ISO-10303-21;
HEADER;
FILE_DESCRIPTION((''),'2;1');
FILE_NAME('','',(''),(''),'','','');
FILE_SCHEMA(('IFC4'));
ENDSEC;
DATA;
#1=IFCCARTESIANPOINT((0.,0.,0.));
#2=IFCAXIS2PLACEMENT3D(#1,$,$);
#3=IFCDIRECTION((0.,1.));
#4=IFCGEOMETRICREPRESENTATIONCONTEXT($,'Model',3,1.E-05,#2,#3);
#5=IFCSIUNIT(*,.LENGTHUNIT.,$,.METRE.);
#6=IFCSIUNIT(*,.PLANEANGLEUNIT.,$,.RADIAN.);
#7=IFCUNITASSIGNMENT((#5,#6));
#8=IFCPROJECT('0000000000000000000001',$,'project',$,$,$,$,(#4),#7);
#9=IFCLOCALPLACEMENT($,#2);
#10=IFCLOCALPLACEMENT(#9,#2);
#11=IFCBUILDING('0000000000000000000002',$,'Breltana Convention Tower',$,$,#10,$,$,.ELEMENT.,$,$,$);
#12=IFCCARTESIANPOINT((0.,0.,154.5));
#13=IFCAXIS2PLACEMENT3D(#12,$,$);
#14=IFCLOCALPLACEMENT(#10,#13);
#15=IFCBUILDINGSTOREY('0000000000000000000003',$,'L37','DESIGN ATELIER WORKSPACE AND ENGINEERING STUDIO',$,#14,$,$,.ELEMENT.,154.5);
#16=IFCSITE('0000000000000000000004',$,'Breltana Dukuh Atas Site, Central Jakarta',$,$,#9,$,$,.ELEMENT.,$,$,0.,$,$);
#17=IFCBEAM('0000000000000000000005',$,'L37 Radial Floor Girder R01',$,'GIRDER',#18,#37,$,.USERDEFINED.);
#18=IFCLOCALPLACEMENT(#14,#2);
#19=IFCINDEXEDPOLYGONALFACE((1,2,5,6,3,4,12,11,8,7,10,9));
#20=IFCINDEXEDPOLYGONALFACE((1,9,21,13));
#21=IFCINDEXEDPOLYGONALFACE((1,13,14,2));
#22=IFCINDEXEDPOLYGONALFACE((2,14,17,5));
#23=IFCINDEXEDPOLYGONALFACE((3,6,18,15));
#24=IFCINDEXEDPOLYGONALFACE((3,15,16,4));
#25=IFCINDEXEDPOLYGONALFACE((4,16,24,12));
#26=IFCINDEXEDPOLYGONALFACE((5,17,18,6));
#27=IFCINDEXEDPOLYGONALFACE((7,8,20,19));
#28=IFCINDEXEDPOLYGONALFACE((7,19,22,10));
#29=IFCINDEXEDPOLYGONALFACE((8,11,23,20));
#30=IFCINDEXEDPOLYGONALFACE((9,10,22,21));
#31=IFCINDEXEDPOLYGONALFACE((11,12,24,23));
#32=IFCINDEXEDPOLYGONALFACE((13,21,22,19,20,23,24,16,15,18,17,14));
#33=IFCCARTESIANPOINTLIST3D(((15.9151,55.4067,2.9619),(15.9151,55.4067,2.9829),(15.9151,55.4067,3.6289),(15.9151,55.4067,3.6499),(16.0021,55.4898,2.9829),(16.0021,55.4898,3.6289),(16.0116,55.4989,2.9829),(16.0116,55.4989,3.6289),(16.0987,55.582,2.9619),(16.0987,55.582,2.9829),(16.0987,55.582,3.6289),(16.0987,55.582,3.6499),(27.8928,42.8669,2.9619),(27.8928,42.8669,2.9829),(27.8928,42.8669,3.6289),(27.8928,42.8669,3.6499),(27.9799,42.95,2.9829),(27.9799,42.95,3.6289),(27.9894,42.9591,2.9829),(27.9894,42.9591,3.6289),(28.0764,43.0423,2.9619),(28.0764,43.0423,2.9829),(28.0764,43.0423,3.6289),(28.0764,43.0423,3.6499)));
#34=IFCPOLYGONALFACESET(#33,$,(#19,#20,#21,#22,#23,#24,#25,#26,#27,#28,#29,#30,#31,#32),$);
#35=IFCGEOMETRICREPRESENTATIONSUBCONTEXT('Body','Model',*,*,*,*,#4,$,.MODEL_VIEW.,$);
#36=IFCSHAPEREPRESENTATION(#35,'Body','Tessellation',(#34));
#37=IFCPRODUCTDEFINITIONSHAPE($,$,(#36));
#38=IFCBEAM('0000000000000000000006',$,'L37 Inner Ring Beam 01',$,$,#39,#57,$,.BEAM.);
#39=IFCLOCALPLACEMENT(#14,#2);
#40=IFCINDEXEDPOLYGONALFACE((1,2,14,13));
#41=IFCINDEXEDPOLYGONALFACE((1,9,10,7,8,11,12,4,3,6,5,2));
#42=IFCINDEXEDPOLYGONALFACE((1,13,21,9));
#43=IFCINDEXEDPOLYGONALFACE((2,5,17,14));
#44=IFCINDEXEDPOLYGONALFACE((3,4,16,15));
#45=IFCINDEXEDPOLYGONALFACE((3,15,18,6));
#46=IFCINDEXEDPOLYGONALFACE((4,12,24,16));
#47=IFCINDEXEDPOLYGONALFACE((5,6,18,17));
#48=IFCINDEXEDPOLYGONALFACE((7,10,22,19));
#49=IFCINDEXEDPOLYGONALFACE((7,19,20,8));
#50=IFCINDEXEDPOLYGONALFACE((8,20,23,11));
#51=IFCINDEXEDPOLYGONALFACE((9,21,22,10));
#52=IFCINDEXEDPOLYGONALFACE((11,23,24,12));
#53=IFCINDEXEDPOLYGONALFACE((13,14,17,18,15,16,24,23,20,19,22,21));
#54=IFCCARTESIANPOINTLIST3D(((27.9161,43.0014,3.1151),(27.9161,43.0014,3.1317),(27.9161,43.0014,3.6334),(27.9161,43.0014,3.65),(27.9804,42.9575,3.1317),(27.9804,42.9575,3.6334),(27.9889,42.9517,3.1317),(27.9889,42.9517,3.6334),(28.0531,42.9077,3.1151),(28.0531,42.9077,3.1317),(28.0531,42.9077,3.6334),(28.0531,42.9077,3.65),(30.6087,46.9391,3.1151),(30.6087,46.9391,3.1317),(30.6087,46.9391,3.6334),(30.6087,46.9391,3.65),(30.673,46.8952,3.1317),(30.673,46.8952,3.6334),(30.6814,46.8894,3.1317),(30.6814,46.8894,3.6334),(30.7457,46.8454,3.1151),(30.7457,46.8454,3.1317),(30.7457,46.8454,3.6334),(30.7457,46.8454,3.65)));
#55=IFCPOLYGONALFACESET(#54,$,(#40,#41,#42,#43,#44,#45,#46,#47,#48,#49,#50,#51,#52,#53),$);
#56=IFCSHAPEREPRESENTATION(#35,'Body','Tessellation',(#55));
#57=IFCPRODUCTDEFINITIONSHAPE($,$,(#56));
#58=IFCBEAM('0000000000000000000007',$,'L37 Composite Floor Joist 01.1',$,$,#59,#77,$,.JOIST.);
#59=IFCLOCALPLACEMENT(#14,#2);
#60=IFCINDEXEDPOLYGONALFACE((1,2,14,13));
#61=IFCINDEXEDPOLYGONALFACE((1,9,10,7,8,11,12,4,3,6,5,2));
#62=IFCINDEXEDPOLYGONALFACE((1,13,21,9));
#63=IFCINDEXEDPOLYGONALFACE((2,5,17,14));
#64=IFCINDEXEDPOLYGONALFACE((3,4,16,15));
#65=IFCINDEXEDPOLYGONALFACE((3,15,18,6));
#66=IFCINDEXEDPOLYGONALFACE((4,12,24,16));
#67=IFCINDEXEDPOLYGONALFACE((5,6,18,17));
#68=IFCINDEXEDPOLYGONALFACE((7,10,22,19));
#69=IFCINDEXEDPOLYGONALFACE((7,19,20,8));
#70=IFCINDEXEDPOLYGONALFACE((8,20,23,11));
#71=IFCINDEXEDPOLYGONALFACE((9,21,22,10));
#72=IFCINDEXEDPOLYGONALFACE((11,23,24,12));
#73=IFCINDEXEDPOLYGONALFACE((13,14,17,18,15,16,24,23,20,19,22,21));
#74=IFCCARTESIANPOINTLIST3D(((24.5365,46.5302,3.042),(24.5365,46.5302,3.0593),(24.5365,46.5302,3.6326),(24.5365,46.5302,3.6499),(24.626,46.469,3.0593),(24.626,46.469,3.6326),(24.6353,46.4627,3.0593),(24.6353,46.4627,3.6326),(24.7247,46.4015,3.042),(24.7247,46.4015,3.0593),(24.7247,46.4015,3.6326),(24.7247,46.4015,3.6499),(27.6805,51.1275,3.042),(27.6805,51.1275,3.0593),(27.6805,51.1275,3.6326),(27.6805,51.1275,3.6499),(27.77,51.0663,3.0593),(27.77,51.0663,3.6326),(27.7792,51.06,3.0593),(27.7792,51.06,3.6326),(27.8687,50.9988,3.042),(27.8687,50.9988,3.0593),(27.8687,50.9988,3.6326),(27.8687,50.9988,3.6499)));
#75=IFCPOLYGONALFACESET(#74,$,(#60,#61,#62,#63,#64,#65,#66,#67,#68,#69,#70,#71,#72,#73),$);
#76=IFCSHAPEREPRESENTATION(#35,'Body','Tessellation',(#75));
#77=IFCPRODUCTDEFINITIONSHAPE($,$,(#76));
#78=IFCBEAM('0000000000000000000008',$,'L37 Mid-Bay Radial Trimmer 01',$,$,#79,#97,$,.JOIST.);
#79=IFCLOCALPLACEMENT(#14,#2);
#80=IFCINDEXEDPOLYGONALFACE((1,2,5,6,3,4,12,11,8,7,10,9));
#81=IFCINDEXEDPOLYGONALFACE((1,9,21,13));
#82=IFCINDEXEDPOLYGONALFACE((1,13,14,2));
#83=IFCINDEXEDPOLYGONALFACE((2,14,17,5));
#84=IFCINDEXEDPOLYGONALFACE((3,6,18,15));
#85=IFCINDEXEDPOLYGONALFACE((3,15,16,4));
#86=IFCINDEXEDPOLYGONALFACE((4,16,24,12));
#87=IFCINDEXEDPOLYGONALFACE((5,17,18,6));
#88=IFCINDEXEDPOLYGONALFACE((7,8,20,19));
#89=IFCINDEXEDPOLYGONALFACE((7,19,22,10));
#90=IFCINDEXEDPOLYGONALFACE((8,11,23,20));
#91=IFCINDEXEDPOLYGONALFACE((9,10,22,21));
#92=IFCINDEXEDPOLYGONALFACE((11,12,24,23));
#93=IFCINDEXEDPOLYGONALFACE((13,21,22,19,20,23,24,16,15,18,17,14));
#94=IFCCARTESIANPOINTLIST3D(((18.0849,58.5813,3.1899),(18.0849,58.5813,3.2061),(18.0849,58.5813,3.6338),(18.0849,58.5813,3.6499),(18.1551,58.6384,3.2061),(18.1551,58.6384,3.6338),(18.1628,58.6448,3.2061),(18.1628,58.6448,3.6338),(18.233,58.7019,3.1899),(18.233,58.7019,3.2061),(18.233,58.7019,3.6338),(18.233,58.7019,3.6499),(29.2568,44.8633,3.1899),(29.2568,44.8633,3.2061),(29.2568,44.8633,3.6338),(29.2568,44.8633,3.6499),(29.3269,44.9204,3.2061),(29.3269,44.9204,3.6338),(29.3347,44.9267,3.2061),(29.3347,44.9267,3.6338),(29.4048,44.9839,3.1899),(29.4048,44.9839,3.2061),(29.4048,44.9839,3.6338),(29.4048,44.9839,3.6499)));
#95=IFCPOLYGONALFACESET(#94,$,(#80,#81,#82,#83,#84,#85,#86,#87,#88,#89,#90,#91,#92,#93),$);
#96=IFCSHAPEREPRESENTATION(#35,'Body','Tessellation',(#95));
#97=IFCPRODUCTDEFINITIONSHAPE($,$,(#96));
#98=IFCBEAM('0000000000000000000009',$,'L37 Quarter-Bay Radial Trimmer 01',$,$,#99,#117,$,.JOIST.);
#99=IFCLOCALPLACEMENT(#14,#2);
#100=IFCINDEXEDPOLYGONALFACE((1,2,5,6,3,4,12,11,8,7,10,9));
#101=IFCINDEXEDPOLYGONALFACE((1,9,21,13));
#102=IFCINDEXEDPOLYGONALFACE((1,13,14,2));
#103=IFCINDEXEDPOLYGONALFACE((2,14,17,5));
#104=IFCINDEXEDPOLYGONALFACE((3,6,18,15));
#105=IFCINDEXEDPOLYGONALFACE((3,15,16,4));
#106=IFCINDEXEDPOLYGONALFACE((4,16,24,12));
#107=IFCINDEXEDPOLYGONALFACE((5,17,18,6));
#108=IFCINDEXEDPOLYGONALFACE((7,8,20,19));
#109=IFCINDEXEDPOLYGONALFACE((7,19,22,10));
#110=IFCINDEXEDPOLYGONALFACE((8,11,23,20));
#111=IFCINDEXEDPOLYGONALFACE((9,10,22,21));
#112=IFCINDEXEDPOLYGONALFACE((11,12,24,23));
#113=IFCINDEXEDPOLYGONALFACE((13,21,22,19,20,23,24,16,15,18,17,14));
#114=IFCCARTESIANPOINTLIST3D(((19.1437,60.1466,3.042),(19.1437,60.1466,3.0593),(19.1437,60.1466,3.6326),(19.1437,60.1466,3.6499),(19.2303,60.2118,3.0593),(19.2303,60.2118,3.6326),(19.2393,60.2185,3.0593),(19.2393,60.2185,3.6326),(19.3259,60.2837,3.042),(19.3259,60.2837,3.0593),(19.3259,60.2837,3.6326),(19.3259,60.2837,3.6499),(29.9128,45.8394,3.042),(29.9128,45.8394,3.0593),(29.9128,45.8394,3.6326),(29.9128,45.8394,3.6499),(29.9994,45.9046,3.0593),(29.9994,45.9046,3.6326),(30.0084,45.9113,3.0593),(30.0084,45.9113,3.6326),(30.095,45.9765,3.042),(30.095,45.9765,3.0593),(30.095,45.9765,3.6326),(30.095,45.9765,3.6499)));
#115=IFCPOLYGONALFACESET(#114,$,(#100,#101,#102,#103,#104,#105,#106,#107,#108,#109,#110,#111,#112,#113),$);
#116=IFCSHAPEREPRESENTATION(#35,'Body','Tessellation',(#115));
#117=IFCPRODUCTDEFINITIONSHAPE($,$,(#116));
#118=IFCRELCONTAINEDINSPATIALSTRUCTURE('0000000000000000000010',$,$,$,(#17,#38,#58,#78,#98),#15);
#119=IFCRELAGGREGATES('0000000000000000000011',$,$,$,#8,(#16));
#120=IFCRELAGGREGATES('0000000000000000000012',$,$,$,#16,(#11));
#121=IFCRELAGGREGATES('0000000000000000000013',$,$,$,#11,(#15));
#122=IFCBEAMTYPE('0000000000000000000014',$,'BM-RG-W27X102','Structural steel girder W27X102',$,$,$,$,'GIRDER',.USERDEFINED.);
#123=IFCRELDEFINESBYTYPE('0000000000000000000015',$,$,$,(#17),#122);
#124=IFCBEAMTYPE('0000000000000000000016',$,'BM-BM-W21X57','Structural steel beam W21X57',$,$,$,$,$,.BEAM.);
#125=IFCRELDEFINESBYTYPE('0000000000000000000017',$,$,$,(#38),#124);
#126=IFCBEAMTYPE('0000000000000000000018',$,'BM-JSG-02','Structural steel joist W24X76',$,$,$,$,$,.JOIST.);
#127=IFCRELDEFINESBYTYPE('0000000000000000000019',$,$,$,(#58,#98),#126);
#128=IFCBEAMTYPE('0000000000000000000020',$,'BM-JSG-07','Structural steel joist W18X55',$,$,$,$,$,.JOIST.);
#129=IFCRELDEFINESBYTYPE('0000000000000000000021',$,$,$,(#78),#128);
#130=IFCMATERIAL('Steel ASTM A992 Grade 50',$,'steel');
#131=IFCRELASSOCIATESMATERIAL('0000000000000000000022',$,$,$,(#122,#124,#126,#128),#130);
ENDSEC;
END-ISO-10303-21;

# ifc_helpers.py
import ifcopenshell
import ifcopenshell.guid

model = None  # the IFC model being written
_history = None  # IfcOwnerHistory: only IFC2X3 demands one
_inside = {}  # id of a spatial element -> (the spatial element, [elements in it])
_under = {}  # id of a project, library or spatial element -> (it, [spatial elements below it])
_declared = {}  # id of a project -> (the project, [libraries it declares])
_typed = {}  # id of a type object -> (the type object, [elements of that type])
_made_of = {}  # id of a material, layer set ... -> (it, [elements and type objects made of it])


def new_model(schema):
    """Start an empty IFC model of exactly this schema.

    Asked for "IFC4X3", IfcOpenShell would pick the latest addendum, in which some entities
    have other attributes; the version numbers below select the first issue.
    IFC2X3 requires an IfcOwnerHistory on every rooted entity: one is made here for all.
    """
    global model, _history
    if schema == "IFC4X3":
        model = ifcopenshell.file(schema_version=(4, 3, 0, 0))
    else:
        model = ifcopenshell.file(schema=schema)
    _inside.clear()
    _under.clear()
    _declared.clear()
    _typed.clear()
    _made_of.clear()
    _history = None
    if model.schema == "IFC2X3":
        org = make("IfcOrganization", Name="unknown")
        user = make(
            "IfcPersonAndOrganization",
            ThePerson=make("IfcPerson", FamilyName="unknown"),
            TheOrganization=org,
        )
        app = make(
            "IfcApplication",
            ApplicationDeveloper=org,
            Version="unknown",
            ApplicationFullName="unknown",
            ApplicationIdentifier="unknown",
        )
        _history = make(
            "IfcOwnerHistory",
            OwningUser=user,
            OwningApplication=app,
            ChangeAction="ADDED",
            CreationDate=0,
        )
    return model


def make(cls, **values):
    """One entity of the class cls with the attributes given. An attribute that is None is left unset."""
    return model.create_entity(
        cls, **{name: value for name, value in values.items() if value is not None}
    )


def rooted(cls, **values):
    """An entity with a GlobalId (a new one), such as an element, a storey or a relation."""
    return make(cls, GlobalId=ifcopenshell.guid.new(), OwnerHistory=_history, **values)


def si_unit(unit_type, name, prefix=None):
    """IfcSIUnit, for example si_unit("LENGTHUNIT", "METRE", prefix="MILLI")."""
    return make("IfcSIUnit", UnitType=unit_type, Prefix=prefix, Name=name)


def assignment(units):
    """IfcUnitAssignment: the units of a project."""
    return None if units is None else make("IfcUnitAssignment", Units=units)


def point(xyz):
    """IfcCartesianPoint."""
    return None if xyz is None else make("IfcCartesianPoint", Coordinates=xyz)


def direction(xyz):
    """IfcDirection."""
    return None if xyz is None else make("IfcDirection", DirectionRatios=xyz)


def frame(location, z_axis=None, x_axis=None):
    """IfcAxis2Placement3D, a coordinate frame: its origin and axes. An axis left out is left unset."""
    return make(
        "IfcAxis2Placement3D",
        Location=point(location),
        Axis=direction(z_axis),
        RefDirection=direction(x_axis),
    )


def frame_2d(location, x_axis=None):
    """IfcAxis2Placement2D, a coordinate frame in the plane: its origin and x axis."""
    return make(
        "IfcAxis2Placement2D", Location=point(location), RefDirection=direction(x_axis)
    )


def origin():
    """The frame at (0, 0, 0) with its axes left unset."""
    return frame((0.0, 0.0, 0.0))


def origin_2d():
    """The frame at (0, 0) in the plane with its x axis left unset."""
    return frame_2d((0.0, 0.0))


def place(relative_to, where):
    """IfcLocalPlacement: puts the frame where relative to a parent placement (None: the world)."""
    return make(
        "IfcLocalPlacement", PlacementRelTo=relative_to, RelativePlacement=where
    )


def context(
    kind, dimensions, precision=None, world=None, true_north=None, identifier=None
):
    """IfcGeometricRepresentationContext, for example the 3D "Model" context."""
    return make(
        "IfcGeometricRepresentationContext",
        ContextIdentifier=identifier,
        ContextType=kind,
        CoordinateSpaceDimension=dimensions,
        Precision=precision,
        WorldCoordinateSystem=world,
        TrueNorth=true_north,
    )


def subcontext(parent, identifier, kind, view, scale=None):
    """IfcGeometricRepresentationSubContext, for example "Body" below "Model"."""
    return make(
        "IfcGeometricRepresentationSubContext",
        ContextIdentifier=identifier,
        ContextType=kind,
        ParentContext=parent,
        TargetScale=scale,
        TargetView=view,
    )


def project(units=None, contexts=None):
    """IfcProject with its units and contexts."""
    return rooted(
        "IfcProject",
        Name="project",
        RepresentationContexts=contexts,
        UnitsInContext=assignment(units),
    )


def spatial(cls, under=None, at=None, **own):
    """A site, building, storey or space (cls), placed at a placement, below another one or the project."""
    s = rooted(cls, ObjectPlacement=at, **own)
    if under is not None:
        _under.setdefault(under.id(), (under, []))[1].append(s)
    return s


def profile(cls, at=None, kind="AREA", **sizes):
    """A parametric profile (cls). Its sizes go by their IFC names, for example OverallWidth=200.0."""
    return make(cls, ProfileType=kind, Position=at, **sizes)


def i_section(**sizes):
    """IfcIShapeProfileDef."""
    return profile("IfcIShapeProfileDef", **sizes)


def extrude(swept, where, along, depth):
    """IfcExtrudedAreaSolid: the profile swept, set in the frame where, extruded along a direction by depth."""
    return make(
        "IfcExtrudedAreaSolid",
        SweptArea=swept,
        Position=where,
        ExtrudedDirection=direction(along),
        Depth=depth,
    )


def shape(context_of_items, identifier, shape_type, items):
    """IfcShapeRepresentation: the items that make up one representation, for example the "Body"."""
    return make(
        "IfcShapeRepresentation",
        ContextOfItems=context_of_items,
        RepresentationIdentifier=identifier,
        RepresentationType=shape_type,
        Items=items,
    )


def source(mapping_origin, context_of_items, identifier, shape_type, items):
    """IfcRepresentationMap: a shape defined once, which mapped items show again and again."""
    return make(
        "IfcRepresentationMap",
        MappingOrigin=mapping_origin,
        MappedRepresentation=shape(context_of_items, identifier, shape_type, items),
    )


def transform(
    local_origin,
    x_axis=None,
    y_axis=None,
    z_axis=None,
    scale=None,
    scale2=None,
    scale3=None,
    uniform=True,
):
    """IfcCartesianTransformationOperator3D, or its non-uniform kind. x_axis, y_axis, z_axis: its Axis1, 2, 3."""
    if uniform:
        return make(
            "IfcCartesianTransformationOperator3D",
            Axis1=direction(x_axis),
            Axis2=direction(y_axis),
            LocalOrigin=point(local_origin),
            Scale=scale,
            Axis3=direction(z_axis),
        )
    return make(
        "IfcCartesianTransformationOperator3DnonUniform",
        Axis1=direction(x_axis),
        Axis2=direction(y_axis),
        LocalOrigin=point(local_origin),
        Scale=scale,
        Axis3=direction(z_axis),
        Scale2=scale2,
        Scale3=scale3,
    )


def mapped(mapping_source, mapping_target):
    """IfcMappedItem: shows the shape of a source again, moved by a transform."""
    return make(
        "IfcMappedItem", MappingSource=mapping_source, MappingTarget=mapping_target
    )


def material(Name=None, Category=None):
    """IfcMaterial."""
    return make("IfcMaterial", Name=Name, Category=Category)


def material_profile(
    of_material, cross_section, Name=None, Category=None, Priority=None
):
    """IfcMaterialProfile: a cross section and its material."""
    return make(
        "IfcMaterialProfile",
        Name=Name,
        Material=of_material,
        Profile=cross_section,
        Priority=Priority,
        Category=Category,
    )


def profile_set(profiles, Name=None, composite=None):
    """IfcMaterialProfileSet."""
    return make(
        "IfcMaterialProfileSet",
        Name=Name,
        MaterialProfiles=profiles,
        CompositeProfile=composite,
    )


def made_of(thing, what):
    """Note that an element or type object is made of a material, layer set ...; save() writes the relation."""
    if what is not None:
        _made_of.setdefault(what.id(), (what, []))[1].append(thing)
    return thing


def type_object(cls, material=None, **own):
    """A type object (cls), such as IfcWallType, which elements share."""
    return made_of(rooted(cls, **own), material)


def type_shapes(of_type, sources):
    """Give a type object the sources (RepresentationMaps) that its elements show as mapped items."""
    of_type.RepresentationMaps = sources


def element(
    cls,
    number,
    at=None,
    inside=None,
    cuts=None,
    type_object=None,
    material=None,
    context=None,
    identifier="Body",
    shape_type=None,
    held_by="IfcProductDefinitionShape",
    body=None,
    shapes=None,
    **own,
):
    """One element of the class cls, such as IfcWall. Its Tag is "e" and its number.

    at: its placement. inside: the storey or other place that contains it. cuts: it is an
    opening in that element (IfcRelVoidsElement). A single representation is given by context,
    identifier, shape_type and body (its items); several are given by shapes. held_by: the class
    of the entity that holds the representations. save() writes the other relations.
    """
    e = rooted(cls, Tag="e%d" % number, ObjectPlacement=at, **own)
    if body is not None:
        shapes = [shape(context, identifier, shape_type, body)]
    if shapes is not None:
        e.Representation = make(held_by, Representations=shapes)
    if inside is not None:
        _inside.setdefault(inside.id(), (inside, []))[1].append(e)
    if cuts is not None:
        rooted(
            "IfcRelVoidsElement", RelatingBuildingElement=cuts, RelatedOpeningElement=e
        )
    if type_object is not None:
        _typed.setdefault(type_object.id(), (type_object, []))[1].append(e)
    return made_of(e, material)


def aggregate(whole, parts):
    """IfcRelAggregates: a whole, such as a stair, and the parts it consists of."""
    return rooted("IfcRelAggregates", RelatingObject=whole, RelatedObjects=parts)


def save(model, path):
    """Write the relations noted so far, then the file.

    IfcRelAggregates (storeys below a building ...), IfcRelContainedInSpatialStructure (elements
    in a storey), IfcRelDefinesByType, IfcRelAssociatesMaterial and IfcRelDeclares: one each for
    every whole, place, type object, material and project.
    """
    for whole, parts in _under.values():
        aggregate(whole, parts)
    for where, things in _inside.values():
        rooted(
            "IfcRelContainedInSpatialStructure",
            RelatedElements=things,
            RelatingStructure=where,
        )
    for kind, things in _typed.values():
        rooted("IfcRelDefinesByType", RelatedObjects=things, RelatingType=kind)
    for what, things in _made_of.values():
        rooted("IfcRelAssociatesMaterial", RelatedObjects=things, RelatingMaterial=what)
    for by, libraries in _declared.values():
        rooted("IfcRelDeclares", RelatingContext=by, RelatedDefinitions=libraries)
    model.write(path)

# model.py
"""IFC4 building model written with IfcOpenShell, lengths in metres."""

from ifc_helpers import new_model, si_unit, direction, frame, origin, origin_2d, place, context, subcontext, project, spatial, i_section, extrude, source, transform, mapped, material, material_profile, profile_set, type_object, type_shapes, element, save


model = new_model("IFC4")

# Units and contexts
model_context = context("Model", 3, precision=1e-05, world=origin(), true_north=direction((0.0, 1.0)))
body_context = subcontext(model_context, "Body", "Model", "MODEL_VIEW")
ifc_project = project(units=[si_unit("LENGTHUNIT", "METRE"), si_unit("PLANEANGLEUNIT", "RADIAN")], contexts=[model_context])

# Site, building, storey
site_placement = place(None, origin())
site = spatial("IfcSite", under=ifc_project, at=site_placement, Name="Breltana Dukuh Atas Site, Central Jakarta", CompositionType="ELEMENT", RefElevation=0.0)
building_placement = place(site_placement, origin())
building = spatial("IfcBuilding", under=site, at=building_placement, Name="Breltana Convention Tower", CompositionType="ELEMENT")
storey_placement = place(building_placement, frame((0.0, 0.0, 154.5)))
storey = spatial("IfcBuildingStorey", under=building, at=storey_placement, Name="L37", Description="DESIGN ATELIER WORKSPACE AND ENGINEERING STUDIO", CompositionType="ELEMENT", Elevation=154.5)

# Beams
ifc_material_1 = material(Name="Steel ASTM A992 Grade 50", Category="steel")
ifc_material_profile_1 = material_profile(ifc_material_1, i_section(OverallWidth=0.2539, OverallDepth=0.688, WebThickness=0.0132, FlangeThickness=0.021, at=origin_2d()), Name="W27X102")
ifc_profile_set_1 = profile_set([ifc_material_profile_1], Name="Steel ASTM A992 Grade 50")
beam_type_1 = type_object("IfcBeamType", Name="BM-RG-W27X102", Description="Structural steel girder W27X102", ElementType="GIRDER", PredefinedType="USERDEFINED", material=ifc_profile_set_1)
shared_shape_1 = source(origin(), body_context, "Body", "SweptSolid", [
    extrude(i_section(OverallWidth=0.2539, OverallDepth=0.688, WebThickness=0.0132, FlangeThickness=0.021, at=origin_2d()), origin(), (0.0, 0.0, 1.0), 17.3411),
])
type_shapes(beam_type_1, [shared_shape_1])
beam_1_placement = place(storey_placement, frame((27.9846, 42.9546, 3.3059), z_axis=(-0.690716, 0.723126, 0.0), x_axis=(-0.723126, -0.690716, 0.0)))
element("IfcBeam", 1, at=beam_1_placement, inside=storey, type_object=beam_type_1, Name="L37 Radial Floor Girder R01", ObjectType="GIRDER", PredefinedType="USERDEFINED", context=body_context, shape_type="MappedRepresentation", body=[
    mapped(shared_shape_1, transform((0.0, 0.0, 0.0), scale=1.0)),
])
ifc_material_profile_2 = material_profile(ifc_material_1, i_section(OverallWidth=0.166, OverallDepth=0.5349, WebThickness=0.0103, FlangeThickness=0.0166, at=origin_2d()), Name="W21X57")
ifc_profile_set_2 = profile_set([ifc_material_profile_2], Name="Steel ASTM A992 Grade 50")
beam_type_2 = type_object("IfcBeamType", Name="BM-BM-W21X57", Description="Structural steel beam W21X57", PredefinedType="BEAM", material=ifc_profile_set_2)
shared_shape_2 = source(origin(), body_context, "Body", "SweptSolid", [
    extrude(i_section(OverallWidth=0.166, OverallDepth=0.5349, WebThickness=0.0103, FlangeThickness=0.0166, at=origin_2d()), origin(), (0.0, 0.0, 1.0), 4.7703),
])
beam_2_placement = place(storey_placement, frame((27.9846, 42.9546, 3.3826), z_axis=(0.564453, 0.825465, 0.0), x_axis=(-0.825465, 0.564453, 0.0)))
element("IfcBeam", 2, at=beam_2_placement, inside=storey, type_object=beam_type_2, Name="L37 Inner Ring Beam 01", PredefinedType="BEAM", context=body_context, shape_type="MappedRepresentation", body=[
    mapped(shared_shape_2, transform((0.0, 0.0, 0.0), scale=1.0)),
])
ifc_material_profile_3 = material_profile(ifc_material_1, i_section(OverallWidth=0.228, OverallDepth=0.6079, WebThickness=0.0112, FlangeThickness=0.0173, at=origin_2d()), Name="W24X76")
ifc_profile_set_3 = profile_set([ifc_material_profile_3], Name="Steel ASTM A992 Grade 50")
beam_type_3 = type_object("IfcBeamType", Name="BM-JSG-02", Description="Structural steel joist W24X76", PredefinedType="JOIST", material=ifc_profile_set_3)
shared_shape_3 = source(origin(), body_context, "Body", "SweptSolid", [
    extrude(i_section(OverallWidth=0.228, OverallDepth=0.6079, WebThickness=0.0112, FlangeThickness=0.0173, at=origin_2d()), origin(), (0.0, 0.0, 1.0), 5.5696),
])
beam_3_placement = place(storey_placement, frame((24.6306, 46.4658, 3.3459), z_axis=(0.564494, 0.825437, 0.0), x_axis=(-0.825437, 0.564494, 0.0)))
element("IfcBeam", 3, at=beam_3_placement, inside=storey, type_object=beam_type_3, Name="L37 Composite Floor Joist 01.1", PredefinedType="JOIST", context=body_context, shape_type="MappedRepresentation", body=[
    mapped(shared_shape_3, transform((0.0, 0.0, 0.0), scale=1.0)),
])
ifc_material_profile_4 = material_profile(ifc_material_1, i_section(OverallWidth=0.1909, OverallDepth=0.46, WebThickness=0.01, FlangeThickness=0.0161, at=origin_2d()), Name="W18X55")
ifc_profile_set_4 = profile_set([ifc_material_profile_4], Name="Steel ASTM A992 Grade 50")
beam_type_4 = type_object("IfcBeamType", Name="BM-JSG-07", Description="Structural steel joist W18X55", PredefinedType="JOIST", material=ifc_profile_set_4)
shared_shape_4 = source(origin(), body_context, "Body", "SweptSolid", [
    extrude(i_section(OverallWidth=0.1909, OverallDepth=0.46, WebThickness=0.01, FlangeThickness=0.0161, at=origin_2d()), origin(), (0.0, 0.0, 1.0), 17.6917),
])
beam_4_placement = place(storey_placement, frame((29.3308, 44.9236, 3.4199), z_axis=(-0.631477, 0.775395, 0.0), x_axis=(-0.775395, -0.631477, 0.0)))
element("IfcBeam", 4, at=beam_4_placement, inside=storey, type_object=beam_type_4, Name="L37 Mid-Bay Radial Trimmer 01", PredefinedType="JOIST", context=body_context, shape_type="MappedRepresentation", body=[
    mapped(shared_shape_4, transform((0.0, 0.0, 0.0), scale=1.0)),
])
shared_shape_5 = source(origin(), body_context, "Body", "SweptSolid", [
    extrude(i_section(OverallWidth=0.228, OverallDepth=0.6079, WebThickness=0.0112, FlangeThickness=0.0173, at=origin_2d()), origin(), (0.0, 0.0, 1.0), 17.9072),
])
beam_5_placement = place(storey_placement, frame((30.0039, 45.908, 3.3459), z_axis=(-0.601382, 0.798962, 0.0), x_axis=(-0.798962, -0.601382, 0.0)))
element("IfcBeam", 5, at=beam_5_placement, inside=storey, type_object=beam_type_3, Name="L37 Quarter-Bay Radial Trimmer 01", PredefinedType="JOIST", context=body_context, shape_type="MappedRepresentation", body=[
    mapped(shared_shape_5, transform((0.0, 0.0, 0.0), scale=1.0)),
])

save(model, "model.ifc")
